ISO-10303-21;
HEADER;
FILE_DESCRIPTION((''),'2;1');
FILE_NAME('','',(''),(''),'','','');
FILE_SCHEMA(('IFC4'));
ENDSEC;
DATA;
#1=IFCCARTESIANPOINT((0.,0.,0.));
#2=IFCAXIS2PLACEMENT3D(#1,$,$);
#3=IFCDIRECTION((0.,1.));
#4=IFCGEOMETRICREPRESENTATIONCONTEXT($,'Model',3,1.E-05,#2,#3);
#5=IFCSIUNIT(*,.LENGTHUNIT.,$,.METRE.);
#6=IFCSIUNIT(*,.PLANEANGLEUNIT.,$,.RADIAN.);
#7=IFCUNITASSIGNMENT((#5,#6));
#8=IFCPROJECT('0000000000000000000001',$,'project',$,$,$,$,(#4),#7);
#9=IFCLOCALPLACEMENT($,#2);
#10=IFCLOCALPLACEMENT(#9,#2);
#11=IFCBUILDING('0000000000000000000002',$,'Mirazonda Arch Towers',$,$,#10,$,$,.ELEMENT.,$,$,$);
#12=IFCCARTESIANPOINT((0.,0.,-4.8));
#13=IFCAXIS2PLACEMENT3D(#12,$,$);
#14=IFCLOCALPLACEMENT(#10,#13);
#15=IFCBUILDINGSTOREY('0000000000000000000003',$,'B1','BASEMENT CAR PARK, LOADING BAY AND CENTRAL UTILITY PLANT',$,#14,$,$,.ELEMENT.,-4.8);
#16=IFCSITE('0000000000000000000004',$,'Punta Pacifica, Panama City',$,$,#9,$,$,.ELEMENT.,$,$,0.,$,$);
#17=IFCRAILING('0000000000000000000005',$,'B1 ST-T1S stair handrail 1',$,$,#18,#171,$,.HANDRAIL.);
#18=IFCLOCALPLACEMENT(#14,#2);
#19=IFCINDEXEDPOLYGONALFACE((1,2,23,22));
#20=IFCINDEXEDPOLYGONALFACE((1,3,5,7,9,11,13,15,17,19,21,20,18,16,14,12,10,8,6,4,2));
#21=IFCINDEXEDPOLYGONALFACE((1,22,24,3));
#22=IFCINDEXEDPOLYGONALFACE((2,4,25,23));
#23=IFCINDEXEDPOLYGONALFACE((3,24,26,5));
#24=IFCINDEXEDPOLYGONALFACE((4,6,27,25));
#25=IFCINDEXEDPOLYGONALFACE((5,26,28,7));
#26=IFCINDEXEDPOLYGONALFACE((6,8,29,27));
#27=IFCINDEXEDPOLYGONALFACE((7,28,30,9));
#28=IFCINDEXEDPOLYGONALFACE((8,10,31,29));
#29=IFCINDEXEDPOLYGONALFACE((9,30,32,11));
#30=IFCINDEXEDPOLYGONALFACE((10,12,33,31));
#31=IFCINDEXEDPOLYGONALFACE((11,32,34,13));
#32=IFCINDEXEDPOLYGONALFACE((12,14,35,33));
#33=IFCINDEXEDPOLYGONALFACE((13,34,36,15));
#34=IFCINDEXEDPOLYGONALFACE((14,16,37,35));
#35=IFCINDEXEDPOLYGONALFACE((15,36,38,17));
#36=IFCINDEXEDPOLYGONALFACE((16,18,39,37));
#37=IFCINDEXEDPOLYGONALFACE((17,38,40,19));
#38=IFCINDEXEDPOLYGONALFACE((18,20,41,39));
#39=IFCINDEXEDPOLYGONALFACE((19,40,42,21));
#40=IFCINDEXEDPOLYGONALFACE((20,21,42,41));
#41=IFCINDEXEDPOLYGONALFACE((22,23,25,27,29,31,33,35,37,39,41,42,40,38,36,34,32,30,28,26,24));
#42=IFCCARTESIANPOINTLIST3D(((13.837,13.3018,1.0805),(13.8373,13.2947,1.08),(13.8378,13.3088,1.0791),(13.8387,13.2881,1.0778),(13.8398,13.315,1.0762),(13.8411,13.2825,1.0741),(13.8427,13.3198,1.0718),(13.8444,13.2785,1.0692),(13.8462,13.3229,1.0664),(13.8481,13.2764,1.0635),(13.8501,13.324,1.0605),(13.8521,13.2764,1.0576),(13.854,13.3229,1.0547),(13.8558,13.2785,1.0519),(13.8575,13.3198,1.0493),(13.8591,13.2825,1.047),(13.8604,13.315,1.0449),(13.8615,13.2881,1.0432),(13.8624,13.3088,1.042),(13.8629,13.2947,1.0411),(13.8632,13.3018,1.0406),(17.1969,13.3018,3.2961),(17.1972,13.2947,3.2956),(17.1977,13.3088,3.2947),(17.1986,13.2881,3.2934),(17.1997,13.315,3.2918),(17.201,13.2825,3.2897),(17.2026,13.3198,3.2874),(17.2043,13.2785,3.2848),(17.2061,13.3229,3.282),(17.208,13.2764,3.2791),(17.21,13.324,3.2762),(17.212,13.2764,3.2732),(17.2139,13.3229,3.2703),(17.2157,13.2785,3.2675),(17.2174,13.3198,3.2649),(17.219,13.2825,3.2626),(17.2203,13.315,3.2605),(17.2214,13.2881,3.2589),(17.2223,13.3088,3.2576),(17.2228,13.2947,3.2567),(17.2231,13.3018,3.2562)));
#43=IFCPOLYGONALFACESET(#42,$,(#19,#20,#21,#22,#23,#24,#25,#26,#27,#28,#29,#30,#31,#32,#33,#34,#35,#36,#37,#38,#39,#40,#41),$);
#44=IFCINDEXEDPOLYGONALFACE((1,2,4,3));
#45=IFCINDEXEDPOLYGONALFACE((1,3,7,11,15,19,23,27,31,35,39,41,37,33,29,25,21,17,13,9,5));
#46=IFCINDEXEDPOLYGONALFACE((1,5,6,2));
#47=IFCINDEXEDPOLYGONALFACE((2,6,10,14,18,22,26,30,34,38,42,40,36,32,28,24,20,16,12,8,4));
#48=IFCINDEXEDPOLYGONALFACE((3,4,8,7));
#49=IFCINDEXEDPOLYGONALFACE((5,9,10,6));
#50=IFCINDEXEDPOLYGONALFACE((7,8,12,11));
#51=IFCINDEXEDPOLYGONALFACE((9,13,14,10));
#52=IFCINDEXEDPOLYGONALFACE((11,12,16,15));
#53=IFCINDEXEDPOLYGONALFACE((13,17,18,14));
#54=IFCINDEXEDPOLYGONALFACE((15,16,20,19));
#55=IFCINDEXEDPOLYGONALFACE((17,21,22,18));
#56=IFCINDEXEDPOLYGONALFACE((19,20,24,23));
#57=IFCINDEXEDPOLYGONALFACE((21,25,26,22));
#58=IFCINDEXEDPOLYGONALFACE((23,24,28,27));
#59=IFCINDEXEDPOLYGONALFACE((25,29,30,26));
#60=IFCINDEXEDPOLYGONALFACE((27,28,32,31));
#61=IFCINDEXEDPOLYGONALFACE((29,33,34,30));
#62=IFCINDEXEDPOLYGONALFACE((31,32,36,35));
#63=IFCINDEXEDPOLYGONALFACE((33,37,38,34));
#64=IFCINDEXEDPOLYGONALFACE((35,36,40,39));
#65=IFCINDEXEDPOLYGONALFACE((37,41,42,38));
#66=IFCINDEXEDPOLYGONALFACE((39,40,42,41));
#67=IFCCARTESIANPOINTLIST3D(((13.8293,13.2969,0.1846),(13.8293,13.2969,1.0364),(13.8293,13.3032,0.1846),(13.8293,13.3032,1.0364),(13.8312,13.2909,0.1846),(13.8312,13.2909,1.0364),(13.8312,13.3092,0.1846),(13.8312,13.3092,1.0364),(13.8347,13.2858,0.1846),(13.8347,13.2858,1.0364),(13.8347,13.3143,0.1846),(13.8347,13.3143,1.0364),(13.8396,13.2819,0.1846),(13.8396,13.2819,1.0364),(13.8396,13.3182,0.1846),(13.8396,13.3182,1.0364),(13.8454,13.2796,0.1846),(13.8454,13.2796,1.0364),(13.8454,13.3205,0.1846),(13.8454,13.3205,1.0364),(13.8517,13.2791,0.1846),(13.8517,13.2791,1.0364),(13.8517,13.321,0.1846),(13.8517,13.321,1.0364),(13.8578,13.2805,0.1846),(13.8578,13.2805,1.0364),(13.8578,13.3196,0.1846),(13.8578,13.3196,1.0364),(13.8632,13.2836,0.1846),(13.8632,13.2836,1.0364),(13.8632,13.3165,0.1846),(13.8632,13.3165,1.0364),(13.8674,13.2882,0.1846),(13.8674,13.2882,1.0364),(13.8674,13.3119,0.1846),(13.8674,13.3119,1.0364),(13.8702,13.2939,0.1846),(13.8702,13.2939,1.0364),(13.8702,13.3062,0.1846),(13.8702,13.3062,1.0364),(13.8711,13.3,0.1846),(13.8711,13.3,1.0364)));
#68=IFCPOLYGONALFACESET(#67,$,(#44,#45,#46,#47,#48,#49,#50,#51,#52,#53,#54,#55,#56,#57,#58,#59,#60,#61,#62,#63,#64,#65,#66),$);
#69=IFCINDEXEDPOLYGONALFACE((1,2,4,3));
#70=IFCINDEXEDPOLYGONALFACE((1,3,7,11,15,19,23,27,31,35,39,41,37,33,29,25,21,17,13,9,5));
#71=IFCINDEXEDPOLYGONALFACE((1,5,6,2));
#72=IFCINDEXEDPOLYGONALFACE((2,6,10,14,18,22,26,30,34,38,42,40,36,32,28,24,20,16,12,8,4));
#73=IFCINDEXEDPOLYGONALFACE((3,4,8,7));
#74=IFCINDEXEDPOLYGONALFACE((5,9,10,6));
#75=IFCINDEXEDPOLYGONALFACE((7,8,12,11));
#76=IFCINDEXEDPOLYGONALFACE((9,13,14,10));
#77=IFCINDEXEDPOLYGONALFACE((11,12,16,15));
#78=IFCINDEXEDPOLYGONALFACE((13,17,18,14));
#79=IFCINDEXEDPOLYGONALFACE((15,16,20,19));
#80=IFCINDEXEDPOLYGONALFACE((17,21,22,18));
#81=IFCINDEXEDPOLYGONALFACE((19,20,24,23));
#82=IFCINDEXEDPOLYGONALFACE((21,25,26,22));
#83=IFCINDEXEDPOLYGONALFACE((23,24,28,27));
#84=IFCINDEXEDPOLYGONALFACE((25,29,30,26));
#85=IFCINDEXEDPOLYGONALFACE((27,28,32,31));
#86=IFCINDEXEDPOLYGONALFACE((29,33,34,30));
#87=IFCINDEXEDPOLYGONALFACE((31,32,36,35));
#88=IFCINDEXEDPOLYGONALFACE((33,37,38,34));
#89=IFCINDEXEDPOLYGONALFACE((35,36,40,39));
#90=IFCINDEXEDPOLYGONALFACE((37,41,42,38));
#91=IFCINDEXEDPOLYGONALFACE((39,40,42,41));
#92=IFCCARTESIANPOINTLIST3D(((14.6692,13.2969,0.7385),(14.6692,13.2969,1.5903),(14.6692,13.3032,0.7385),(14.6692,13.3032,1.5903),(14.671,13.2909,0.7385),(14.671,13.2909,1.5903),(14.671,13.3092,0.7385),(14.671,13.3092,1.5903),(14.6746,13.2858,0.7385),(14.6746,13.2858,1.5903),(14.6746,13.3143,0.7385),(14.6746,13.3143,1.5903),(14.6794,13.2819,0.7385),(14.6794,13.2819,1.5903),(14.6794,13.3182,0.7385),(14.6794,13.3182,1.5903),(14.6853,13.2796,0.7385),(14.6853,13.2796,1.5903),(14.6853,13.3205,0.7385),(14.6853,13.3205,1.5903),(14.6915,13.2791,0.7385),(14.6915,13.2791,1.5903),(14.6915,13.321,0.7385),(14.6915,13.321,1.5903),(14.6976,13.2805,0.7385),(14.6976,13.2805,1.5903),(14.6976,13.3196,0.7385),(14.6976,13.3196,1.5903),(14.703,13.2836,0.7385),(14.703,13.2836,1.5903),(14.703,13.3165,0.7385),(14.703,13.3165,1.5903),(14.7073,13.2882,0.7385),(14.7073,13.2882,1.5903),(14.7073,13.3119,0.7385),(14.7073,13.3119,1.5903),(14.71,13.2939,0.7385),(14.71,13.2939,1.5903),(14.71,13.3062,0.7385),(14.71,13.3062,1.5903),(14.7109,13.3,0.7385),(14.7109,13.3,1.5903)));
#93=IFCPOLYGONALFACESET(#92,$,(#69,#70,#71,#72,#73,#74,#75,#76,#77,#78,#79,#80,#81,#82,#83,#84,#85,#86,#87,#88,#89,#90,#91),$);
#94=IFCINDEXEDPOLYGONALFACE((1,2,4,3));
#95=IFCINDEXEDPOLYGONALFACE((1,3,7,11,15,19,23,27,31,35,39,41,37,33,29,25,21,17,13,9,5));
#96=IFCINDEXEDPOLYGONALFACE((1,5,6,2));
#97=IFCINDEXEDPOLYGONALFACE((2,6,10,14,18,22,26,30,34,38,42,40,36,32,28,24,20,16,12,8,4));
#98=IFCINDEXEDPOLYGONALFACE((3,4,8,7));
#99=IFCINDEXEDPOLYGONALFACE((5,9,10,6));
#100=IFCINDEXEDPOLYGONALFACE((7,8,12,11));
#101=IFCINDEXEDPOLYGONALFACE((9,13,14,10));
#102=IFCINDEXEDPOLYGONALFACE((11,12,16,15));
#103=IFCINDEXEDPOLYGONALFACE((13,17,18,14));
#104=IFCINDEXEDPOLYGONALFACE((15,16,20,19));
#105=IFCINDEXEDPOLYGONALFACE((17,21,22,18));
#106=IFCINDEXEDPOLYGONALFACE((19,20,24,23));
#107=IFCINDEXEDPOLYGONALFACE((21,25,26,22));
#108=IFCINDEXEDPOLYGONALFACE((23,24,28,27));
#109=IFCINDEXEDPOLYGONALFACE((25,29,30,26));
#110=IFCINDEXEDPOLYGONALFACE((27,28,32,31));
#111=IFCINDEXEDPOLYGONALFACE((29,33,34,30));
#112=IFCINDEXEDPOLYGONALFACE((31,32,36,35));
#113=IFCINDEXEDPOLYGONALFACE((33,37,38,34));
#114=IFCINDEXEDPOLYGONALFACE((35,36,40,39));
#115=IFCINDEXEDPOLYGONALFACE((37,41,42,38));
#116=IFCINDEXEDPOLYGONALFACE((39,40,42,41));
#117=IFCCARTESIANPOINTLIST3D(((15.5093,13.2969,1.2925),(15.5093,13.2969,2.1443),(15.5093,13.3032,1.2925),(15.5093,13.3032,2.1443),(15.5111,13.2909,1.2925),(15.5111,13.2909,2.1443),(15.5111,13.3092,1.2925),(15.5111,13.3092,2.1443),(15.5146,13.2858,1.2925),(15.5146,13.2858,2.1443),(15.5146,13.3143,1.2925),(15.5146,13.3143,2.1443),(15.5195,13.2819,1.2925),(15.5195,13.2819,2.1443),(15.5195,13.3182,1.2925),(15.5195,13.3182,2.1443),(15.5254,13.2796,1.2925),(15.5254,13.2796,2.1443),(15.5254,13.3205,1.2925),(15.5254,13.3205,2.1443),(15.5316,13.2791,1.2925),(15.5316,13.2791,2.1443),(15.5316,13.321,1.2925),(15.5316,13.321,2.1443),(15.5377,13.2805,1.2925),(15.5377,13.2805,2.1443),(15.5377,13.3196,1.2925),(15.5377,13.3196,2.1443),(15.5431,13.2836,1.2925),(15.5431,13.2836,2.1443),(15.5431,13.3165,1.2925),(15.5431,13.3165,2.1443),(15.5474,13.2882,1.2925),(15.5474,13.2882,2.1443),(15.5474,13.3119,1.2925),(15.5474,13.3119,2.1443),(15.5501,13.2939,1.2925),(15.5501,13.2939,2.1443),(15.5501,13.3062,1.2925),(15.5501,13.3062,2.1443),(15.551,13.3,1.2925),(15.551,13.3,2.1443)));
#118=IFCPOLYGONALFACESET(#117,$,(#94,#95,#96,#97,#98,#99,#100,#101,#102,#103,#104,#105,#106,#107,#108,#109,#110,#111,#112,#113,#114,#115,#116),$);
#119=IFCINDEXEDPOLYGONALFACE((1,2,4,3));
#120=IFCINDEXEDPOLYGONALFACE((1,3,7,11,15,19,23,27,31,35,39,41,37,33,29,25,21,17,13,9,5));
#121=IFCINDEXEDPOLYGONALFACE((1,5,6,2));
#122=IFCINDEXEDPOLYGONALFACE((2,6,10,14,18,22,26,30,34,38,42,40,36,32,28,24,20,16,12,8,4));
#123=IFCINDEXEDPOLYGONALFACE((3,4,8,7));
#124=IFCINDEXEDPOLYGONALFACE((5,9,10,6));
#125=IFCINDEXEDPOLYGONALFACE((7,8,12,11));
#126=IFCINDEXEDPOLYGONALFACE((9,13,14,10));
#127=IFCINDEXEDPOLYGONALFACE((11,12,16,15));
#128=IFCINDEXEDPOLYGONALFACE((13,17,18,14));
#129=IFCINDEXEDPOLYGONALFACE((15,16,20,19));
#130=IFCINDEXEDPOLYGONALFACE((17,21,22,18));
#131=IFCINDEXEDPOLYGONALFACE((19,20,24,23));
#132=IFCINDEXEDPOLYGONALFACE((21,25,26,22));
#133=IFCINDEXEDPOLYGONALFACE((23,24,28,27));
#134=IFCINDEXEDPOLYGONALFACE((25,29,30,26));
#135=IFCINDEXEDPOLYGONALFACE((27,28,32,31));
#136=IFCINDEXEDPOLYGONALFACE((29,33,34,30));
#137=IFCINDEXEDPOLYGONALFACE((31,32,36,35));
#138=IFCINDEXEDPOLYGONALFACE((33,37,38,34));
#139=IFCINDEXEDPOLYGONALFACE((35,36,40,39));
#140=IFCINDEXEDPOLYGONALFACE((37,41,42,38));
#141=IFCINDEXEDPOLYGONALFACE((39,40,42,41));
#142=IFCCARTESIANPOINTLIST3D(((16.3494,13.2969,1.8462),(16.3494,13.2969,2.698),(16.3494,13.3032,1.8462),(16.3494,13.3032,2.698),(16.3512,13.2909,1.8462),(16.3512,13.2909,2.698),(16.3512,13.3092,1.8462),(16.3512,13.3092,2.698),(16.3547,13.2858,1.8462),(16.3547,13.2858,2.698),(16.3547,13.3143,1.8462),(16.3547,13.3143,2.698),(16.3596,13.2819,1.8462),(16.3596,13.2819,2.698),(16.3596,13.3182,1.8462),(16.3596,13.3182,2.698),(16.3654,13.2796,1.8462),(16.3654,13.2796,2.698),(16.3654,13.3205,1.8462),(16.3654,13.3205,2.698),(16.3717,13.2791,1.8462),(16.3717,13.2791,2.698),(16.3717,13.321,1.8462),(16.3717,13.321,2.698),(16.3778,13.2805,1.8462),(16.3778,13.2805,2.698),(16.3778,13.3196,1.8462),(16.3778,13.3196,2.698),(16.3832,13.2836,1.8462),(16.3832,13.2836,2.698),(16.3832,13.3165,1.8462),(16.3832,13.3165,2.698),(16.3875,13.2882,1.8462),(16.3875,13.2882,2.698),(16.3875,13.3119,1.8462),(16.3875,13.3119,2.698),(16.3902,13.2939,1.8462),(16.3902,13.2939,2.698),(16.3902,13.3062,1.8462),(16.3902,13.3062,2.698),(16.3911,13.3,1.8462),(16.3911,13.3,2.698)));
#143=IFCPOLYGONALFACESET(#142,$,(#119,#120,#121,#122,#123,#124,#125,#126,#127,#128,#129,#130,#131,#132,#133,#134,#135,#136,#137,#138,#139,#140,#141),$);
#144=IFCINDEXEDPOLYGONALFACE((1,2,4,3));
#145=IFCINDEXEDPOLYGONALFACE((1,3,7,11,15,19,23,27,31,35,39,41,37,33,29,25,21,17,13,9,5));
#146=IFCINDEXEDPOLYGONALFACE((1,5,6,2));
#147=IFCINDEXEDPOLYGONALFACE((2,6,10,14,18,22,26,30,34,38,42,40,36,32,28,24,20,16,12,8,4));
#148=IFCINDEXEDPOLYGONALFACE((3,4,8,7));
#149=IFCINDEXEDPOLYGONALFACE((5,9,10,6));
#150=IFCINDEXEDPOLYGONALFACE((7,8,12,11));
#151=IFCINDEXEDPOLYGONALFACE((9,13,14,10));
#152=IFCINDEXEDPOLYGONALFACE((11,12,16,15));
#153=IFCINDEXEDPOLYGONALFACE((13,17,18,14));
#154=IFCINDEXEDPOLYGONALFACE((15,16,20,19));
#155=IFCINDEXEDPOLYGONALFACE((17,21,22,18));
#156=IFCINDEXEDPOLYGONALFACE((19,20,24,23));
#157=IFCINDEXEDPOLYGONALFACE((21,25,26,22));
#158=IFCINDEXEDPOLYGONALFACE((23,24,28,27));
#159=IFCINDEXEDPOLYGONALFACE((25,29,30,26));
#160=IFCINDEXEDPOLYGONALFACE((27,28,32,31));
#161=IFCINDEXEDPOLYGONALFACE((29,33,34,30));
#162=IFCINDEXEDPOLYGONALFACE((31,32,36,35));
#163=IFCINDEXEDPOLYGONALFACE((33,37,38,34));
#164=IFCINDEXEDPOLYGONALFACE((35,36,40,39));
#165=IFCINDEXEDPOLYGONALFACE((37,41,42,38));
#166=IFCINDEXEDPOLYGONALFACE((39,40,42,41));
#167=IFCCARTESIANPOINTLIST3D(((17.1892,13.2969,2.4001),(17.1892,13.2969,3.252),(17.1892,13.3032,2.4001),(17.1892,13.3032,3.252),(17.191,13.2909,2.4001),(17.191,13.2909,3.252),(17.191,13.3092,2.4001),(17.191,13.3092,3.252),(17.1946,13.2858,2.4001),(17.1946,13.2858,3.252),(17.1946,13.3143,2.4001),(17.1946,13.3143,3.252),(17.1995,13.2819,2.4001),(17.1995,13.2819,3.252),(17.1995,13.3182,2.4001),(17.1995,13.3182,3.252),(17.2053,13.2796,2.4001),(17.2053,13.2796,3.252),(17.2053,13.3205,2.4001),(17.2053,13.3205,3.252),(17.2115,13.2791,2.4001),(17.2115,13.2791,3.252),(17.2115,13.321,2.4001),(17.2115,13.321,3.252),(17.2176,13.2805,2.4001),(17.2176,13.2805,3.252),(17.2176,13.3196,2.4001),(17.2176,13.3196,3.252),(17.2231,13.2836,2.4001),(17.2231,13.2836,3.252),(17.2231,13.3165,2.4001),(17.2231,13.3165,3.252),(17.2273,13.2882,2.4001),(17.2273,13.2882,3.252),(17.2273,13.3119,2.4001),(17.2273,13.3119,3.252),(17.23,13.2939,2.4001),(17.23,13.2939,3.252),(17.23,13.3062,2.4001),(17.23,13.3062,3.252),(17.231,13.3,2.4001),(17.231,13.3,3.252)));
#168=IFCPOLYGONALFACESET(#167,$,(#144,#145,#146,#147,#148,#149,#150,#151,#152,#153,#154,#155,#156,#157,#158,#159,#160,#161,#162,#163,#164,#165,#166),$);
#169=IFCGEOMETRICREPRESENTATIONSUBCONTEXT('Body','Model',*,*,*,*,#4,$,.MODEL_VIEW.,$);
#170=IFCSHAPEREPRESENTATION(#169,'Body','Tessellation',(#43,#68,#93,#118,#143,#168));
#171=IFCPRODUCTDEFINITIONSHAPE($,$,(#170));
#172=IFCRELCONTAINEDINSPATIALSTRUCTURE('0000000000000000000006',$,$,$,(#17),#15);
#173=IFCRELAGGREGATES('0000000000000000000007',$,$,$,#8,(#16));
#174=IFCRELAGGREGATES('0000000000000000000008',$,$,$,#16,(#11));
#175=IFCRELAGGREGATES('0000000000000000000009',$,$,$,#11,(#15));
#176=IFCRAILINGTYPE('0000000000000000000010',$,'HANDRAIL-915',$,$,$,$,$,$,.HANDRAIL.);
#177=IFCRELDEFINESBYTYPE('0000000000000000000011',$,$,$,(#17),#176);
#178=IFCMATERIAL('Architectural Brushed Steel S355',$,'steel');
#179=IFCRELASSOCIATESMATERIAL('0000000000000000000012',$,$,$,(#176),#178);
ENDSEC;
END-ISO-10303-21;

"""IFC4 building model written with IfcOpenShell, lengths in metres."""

from ifc_helpers import new_model, si_unit, direction, frame, origin, origin_2d, place, context, subcontext, project, spatial, circle, extrude, material, type_object, element, save


model = new_model("IFC4")

# Units and contexts
model_context = context("Model", 3, precision=1e-05, world=origin(), true_north=direction((0.0, 1.0)))
body_context = subcontext(model_context, "Body", "Model", "MODEL_VIEW")
ifc_project = project(units=[si_unit("LENGTHUNIT", "METRE"), si_unit("PLANEANGLEUNIT", "RADIAN")], contexts=[model_context])

# Site, building, storey
site_placement = place(None, origin())
site = spatial("IfcSite", under=ifc_project, at=site_placement, Name="Punta Pacifica, Panama City", CompositionType="ELEMENT", RefElevation=0.0)
building_placement = place(site_placement, origin())
building = spatial("IfcBuilding", under=site, at=building_placement, Name="Mirazonda Arch Towers", CompositionType="ELEMENT")
storey_placement = place(building_placement, frame((0.0, 0.0, -4.8)))
storey = spatial("IfcBuildingStorey", under=building, at=storey_placement, Name="B1", Description="BASEMENT CAR PARK, LOADING BAY AND CENTRAL UTILITY PLANT", CompositionType="ELEMENT", Elevation=-4.8)

# Shared definitions
ifc_material_1 = material(Name="Architectural Brushed Steel S355", Category="steel")

# Railing
railing_type_1 = type_object("IfcRailingType", Name="HANDRAIL-915", PredefinedType="HANDRAIL", material=ifc_material_1)
railing_1_placement = place(storey_placement, frame((13.8501, 13.3, 0.1846)))
element("IfcRailing", 1, at=railing_1_placement, inside=storey, type_object=railing_type_1, Name="B1 ST-T1S stair handrail 1", PredefinedType="HANDRAIL", context=body_context, shape_type="SweptSolid", body=[
    extrude(circle(Radius=0.0239, at=origin_2d()), frame((0.0, 0.0, 0.876), z_axis=(0.83483, 0.0, 0.550508), x_axis=(0.0, 1.0, 0.0)), (0.0, 0.0, 1.0), 4.0247),
    extrude(circle(Radius=0.021, at=origin_2d()), origin(), (0.0, 0.0, 1.0), 0.8518),
    extrude(circle(Radius=0.021, at=origin_2d()), frame((0.8398, 0.0, 0.554)), (0.0, 0.0, 1.0), 0.8518),
    extrude(circle(Radius=0.021, at=origin_2d()), frame((1.6799, 0.0, 1.1079)), (0.0, 0.0, 1.0), 0.8518),
    extrude(circle(Radius=0.021, at=origin_2d()), frame((2.52, 0.0, 1.6616)), (0.0, 0.0, 1.0), 0.8518),
    extrude(circle(Radius=0.021, at=origin_2d()), frame((3.3599, 0.0, 2.2156)), (0.0, 0.0, 1.0), 0.8518),
])

save(model, "model.ifc")
